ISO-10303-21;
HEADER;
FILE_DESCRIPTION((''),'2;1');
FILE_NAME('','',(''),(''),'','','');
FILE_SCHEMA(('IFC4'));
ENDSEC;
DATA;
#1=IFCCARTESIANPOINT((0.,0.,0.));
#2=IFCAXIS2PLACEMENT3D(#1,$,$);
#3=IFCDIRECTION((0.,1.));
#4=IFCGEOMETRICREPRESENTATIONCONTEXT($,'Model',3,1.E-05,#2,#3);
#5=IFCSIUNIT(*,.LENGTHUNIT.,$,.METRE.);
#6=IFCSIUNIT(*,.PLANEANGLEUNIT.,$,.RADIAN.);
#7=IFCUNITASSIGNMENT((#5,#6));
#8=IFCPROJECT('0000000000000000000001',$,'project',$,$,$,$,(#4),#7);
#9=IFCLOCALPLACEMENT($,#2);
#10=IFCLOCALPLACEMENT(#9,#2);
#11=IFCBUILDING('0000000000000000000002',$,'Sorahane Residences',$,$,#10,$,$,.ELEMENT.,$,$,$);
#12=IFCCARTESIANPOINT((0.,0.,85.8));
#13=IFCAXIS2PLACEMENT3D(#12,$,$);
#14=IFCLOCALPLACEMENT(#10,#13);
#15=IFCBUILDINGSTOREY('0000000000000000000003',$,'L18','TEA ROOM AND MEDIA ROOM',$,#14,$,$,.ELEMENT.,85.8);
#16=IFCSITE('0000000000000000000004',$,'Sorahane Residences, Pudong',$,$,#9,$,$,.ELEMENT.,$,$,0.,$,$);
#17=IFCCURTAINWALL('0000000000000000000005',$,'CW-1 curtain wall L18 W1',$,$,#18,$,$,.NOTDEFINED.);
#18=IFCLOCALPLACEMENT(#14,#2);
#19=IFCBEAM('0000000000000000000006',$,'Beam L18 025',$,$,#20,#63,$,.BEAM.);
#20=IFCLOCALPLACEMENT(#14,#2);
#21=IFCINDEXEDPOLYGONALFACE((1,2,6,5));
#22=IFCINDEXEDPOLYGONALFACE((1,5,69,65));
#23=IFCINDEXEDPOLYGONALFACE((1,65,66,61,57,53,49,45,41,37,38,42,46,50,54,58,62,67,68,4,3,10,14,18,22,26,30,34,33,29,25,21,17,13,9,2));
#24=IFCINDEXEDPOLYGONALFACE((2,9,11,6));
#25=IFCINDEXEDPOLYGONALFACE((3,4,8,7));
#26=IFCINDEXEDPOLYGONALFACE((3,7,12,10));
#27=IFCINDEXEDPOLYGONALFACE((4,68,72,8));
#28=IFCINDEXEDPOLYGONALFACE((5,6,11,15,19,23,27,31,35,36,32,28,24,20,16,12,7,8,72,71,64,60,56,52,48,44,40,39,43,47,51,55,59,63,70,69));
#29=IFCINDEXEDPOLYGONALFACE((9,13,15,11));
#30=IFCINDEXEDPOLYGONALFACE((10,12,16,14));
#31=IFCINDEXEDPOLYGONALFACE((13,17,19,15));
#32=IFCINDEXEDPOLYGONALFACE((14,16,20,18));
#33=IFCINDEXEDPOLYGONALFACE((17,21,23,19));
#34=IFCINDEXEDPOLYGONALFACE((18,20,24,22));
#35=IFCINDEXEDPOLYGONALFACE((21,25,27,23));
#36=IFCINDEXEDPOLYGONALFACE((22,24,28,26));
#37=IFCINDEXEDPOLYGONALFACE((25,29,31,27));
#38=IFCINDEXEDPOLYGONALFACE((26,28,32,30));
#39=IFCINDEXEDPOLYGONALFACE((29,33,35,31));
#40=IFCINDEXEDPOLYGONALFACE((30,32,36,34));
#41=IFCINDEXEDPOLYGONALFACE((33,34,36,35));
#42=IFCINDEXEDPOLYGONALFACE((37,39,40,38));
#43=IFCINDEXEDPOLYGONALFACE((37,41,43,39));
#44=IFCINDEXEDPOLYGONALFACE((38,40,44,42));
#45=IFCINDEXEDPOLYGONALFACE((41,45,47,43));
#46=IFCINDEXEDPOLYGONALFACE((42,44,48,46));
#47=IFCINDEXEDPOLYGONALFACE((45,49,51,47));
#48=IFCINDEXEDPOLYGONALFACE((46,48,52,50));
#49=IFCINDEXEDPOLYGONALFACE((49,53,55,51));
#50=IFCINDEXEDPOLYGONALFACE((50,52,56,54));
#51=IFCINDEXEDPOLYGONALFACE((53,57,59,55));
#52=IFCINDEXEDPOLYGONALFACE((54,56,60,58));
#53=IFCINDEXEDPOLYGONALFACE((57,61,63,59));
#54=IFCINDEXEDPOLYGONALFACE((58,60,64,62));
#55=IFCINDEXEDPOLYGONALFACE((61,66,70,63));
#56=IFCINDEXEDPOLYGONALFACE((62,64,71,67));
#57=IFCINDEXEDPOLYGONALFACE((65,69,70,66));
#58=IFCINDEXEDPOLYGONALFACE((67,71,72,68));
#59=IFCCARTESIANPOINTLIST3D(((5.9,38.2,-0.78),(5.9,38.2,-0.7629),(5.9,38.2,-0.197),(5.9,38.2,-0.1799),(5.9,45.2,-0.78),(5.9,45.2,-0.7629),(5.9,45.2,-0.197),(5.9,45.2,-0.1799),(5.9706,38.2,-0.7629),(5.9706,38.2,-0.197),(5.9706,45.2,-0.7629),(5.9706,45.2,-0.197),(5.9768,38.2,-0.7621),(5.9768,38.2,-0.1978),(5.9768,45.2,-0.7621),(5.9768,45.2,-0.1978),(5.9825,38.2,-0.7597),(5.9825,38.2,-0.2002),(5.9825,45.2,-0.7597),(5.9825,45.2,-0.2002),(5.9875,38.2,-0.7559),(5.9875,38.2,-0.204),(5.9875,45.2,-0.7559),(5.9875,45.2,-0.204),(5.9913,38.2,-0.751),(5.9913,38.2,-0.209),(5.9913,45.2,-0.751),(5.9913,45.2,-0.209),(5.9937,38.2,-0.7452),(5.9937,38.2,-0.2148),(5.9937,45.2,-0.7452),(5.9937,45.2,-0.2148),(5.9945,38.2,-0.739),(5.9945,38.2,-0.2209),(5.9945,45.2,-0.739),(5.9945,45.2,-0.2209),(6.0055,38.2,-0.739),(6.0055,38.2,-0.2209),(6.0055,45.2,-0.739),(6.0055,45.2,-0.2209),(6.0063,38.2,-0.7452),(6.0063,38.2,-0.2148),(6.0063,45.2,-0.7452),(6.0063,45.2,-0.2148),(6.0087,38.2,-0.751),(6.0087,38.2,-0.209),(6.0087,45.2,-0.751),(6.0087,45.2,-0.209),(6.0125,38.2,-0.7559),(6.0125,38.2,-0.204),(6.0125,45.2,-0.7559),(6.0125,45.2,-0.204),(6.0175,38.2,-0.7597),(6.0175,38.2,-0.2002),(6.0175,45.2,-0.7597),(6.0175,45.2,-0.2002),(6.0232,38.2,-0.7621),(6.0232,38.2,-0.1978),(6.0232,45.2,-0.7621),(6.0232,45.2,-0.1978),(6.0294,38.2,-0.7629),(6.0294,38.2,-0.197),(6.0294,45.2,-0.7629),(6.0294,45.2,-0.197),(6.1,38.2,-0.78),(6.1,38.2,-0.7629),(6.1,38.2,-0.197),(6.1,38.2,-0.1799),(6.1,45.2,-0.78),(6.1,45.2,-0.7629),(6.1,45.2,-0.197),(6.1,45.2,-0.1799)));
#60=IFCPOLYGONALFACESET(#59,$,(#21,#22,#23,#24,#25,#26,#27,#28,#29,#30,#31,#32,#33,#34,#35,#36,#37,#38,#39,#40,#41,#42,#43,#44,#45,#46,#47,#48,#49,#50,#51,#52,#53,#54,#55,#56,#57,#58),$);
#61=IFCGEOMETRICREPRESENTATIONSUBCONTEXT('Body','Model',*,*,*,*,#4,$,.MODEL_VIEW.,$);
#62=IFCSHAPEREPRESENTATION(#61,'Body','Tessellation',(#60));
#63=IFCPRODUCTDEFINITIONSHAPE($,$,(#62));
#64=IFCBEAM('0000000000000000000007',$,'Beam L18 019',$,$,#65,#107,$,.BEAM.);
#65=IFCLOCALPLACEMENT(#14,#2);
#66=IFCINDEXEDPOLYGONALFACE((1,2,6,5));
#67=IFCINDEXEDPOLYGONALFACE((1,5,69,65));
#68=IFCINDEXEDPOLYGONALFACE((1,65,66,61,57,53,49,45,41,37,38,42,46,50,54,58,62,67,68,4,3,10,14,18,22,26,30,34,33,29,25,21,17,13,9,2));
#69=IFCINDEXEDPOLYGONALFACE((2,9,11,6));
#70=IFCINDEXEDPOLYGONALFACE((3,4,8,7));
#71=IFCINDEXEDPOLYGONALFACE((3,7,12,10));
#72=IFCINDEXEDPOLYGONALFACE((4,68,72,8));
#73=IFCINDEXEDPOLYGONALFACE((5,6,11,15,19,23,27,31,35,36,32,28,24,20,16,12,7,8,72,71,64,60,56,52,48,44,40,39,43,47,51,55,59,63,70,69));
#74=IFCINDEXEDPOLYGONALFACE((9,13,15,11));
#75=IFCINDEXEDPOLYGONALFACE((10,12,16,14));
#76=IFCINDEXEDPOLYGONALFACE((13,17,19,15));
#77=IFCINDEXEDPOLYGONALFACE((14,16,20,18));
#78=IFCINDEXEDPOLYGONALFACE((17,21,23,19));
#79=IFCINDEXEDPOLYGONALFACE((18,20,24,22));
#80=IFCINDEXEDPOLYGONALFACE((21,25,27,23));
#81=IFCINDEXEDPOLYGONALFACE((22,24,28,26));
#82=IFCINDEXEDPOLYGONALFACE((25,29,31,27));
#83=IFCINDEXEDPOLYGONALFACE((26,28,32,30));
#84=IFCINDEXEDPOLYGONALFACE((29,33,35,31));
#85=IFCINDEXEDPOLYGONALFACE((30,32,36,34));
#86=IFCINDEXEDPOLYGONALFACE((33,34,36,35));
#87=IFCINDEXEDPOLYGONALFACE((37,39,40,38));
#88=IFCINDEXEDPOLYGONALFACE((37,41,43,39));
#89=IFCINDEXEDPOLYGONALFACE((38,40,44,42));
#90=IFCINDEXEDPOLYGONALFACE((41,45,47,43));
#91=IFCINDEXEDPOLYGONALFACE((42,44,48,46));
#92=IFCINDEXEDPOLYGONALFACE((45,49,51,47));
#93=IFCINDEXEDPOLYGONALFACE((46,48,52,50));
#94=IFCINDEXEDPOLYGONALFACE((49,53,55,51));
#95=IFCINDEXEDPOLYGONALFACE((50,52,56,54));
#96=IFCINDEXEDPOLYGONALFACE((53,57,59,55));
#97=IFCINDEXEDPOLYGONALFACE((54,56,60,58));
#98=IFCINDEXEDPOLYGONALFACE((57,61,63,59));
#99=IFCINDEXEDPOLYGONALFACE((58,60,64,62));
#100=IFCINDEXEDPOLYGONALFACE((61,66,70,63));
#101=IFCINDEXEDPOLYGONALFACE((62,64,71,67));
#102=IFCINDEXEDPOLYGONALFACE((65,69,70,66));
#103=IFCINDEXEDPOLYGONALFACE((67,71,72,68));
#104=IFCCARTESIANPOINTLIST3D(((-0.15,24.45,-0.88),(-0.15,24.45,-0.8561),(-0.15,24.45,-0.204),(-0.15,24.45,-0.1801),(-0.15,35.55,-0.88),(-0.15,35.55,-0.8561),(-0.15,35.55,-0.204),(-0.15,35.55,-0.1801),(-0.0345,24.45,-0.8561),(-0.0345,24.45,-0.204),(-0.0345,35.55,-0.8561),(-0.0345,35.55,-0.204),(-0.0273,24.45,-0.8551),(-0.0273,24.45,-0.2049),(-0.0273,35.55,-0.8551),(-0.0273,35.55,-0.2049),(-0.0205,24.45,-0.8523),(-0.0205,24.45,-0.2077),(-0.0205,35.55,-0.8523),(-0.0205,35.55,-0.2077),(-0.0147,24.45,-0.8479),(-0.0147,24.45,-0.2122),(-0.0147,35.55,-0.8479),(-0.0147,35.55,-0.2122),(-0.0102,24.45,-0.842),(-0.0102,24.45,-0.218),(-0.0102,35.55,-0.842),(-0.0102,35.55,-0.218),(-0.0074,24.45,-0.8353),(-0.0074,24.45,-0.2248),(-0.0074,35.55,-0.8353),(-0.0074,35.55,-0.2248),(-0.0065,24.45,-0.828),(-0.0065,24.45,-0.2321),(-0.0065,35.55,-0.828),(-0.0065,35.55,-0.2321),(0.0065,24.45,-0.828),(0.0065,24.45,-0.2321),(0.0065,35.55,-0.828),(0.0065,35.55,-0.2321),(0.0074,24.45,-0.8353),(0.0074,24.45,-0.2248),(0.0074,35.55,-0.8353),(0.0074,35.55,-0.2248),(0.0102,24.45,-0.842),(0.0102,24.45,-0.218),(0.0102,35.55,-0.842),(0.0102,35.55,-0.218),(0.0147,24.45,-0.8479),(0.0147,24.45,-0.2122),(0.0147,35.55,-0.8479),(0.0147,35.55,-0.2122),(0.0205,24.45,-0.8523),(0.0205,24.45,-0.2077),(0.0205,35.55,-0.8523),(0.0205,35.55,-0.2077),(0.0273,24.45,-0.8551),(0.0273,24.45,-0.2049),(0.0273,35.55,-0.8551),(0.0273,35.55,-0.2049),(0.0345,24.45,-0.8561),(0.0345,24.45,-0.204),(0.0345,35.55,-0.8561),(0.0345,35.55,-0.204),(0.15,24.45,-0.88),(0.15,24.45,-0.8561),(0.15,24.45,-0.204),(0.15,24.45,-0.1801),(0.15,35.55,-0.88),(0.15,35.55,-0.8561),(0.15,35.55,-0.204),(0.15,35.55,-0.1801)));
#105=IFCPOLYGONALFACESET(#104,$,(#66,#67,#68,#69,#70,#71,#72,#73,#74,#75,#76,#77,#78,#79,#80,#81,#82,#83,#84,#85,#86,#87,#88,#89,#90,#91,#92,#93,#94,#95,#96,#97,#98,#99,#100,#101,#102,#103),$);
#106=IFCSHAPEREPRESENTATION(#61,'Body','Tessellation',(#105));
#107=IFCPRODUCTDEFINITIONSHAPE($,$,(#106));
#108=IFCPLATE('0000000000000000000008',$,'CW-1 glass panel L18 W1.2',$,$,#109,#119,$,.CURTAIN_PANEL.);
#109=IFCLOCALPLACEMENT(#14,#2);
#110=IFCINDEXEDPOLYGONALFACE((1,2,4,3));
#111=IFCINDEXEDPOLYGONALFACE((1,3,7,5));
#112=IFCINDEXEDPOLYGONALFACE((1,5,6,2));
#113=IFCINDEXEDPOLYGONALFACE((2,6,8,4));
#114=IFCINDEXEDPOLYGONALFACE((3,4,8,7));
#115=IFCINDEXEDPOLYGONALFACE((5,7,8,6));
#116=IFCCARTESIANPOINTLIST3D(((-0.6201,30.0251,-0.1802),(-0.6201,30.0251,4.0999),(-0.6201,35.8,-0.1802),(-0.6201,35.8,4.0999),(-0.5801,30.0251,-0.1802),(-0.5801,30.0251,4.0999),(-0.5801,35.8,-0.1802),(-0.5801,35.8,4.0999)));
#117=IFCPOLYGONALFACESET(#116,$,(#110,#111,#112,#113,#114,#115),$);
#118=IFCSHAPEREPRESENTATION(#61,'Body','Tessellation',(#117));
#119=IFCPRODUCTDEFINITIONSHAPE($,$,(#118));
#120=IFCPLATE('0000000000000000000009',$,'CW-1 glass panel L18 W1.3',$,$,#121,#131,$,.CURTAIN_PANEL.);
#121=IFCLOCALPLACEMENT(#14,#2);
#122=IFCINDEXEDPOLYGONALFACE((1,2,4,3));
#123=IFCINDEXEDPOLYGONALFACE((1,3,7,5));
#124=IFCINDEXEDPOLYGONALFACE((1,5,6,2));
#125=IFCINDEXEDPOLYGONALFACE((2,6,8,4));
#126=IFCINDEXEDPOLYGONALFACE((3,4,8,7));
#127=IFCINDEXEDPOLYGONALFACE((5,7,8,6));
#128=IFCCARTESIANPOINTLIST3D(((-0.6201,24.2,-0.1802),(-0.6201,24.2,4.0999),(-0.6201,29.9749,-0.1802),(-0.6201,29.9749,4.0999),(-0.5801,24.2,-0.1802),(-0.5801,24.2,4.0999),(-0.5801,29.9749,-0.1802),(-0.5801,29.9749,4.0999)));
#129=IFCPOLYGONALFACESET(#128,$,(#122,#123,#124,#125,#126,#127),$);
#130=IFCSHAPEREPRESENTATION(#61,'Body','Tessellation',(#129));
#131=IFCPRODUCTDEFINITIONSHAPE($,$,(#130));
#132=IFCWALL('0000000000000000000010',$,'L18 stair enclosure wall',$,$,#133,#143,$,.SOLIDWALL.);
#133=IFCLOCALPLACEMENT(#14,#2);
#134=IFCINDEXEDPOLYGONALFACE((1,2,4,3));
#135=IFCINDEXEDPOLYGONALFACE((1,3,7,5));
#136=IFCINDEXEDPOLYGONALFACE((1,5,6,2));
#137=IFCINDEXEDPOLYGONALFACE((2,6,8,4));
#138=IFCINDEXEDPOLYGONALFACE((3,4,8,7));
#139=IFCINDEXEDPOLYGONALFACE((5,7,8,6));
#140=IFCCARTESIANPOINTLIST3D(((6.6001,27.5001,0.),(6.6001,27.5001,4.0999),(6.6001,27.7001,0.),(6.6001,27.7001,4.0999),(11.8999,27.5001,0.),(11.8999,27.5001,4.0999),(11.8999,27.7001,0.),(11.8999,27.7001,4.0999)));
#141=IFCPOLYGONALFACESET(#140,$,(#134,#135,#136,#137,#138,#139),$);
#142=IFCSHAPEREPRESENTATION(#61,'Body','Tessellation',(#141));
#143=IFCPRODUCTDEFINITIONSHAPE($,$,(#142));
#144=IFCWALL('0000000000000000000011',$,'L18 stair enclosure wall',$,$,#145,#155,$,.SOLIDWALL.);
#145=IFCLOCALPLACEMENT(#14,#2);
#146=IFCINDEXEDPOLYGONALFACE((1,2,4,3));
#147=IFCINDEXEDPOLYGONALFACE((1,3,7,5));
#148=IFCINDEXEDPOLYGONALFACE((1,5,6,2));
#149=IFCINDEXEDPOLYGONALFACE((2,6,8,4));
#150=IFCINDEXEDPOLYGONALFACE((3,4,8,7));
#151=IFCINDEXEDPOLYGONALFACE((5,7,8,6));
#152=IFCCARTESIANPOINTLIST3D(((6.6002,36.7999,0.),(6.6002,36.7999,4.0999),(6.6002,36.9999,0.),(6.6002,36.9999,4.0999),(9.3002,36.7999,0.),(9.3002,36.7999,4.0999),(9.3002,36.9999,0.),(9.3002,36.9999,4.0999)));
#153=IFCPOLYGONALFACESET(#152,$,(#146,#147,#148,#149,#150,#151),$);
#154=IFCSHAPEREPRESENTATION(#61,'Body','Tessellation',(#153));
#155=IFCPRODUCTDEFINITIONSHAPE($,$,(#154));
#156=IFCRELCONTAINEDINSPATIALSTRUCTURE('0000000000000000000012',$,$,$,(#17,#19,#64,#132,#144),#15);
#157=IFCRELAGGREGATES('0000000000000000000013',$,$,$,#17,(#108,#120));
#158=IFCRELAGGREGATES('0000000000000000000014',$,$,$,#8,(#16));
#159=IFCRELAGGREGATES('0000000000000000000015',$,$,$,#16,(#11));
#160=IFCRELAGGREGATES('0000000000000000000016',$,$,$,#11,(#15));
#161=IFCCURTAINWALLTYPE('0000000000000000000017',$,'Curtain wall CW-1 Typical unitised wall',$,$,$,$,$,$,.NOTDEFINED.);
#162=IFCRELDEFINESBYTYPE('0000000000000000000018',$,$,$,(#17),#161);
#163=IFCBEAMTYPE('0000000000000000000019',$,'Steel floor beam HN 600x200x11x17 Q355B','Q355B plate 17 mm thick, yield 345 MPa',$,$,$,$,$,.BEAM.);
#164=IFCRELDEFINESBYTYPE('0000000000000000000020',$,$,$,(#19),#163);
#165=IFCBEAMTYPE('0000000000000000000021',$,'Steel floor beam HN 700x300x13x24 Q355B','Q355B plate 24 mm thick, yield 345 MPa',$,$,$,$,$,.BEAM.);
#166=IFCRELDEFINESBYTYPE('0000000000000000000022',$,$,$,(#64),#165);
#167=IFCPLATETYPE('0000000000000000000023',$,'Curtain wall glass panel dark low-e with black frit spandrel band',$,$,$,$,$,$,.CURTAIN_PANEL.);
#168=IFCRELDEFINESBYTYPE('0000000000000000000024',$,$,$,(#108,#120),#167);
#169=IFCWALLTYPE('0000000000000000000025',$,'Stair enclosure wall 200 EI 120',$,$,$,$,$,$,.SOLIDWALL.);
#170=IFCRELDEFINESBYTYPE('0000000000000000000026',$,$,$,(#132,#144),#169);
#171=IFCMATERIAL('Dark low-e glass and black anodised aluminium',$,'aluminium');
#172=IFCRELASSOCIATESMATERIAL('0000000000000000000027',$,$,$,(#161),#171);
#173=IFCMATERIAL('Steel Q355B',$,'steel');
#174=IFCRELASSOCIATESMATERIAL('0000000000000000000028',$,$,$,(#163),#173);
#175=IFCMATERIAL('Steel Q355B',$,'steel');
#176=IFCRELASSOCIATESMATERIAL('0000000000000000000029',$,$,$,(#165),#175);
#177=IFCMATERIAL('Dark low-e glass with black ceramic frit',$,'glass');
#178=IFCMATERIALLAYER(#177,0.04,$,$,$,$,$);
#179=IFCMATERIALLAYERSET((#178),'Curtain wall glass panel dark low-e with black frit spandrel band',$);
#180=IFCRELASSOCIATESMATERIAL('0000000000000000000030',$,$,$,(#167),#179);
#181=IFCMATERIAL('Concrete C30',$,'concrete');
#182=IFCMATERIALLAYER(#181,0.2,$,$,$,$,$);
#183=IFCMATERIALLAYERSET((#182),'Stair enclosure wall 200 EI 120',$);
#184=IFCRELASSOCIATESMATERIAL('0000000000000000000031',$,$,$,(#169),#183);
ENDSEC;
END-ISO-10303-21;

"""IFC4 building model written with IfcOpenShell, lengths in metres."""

from ifc_helpers import new_model, si_unit, direction, frame, frame_2d, origin, origin_2d, place, context, subcontext, project, spatial, rectangle, i_section, extrude, material, layer, layer_set, material_profile, profile_set, type_object, element, aggregate, save


model = new_model("IFC4")

# Units and contexts
model_context = context("Model", 3, precision=1e-05, world=origin(), true_north=direction((0.0, 1.0)))
body_context = subcontext(model_context, "Body", "Model", "MODEL_VIEW")
ifc_project = project(units=[si_unit("LENGTHUNIT", "METRE"), si_unit("PLANEANGLEUNIT", "RADIAN")], contexts=[model_context])

# Site, building, storey
site_placement = place(None, origin())
site = spatial("IfcSite", under=ifc_project, at=site_placement, Name="Sorahane Residences, Pudong", CompositionType="ELEMENT", RefElevation=0.0)
building_placement = place(site_placement, origin())
building = spatial("IfcBuilding", under=site, at=building_placement, Name="Sorahane Residences", CompositionType="ELEMENT")
storey_placement = place(building_placement, frame((0.0, 0.0, 85.8)))
storey = spatial("IfcBuildingStorey", under=building, at=storey_placement, Name="L18", Description="TEA ROOM AND MEDIA ROOM", CompositionType="ELEMENT", Elevation=85.8)

# Curtain wall
ifc_material_1 = material(Name="Dark low-e glass and black anodised aluminium", Category="aluminium")
curtain_wall_type = type_object("IfcCurtainWallType", Name="Curtain wall CW-1 Typical unitised wall", PredefinedType="NOTDEFINED", material=ifc_material_1)
curtain_wall_placement = place(storey_placement, origin())
curtain_wall = element("IfcCurtainWall", 1, at=curtain_wall_placement, inside=storey, type_object=curtain_wall_type, Name="CW-1 curtain wall L18 W1", PredefinedType="NOTDEFINED")

# Beams
ifc_material_2 = material(Name="Steel Q355B", Category="steel")
ifc_material_profile_1 = material_profile(ifc_material_2, i_section(OverallWidth=0.2, OverallDepth=0.6001, WebThickness=0.011, FlangeThickness=0.0171, FilletRadius=0.0239, at=origin_2d()), Name="HN 600x200x11x17")
ifc_profile_set_1 = profile_set([ifc_material_profile_1], Name="Steel Q355B")
beam_type_1 = type_object("IfcBeamType", Name="Steel floor beam HN 600x200x11x17 Q355B", Description="Q355B plate 17 mm thick, yield 345 MPa", PredefinedType="BEAM", material=ifc_profile_set_1)
for number, where, z_axis, x_axis, name in (
    (2, (6.0, 38.2, -0.48), (0.0, 1.0, 0.0), (-1.0, 0.0, 0.0), "Beam L18 025"),
):
    element("IfcBeam", number, at=place(storey_placement, frame(where, z_axis=z_axis, x_axis=x_axis)), inside=storey, type_object=beam_type_1, Name=name, PredefinedType="BEAM", context=body_context, shape_type="SweptSolid", body=[
        extrude(i_section(OverallWidth=0.2, OverallDepth=0.6001, WebThickness=0.011, FlangeThickness=0.0171, FilletRadius=0.0239, at=origin_2d()), origin(), (0.0, 0.0, 1.0), 7.0),
    ])
ifc_material_3 = material(Name="Steel Q355B", Category="steel")
ifc_material_profile_2 = material_profile(ifc_material_3, i_section(OverallWidth=0.3, OverallDepth=0.7, WebThickness=0.0129, FlangeThickness=0.0239, FilletRadius=0.0281, at=origin_2d()), Name="HN 700x300x13x24")
ifc_profile_set_2 = profile_set([ifc_material_profile_2], Name="Steel Q355B")
beam_type_2 = type_object("IfcBeamType", Name="Steel floor beam HN 700x300x13x24 Q355B", Description="Q355B plate 24 mm thick, yield 345 MPa", PredefinedType="BEAM", material=ifc_profile_set_2)
beam_1_placement = place(storey_placement, frame((0.0, 24.45, -0.53), z_axis=(0.0, 1.0, 0.0), x_axis=(-1.0, 0.0, 0.0)))
element("IfcBeam", 3, at=beam_1_placement, inside=storey, type_object=beam_type_2, Name="Beam L18 019", PredefinedType="BEAM", context=body_context, shape_type="SweptSolid", body=[
    extrude(i_section(OverallWidth=0.3, OverallDepth=0.7, WebThickness=0.0129, FlangeThickness=0.0239, FilletRadius=0.0281, at=origin_2d()), origin(), (0.0, 0.0, 1.0), 11.1001),
])

# Plates
ifc_material_4 = material(Name="Dark low-e glass with black ceramic frit", Category="glass")
ifc_layer_1 = layer(ifc_material_4, 0.04)
ifc_layer_set_1 = layer_set([ifc_layer_1], Name="Curtain wall glass panel dark low-e with black frit spandrel band")
plate_type = type_object("IfcPlateType", Name="Curtain wall glass panel dark low-e with black frit spandrel band", PredefinedType="CURTAIN_PANEL", material=ifc_layer_set_1)
plate_1_placement = place(storey_placement, frame((-0.6001, 32.9126, -0.1802), z_axis=(0.0, 0.0, 1.0), x_axis=(0.0, -1.0, 0.0)))
plate_1 = element("IfcPlate", 4, at=plate_1_placement, type_object=plate_type, Name="CW-1 glass panel L18 W1.2", PredefinedType="CURTAIN_PANEL", context=body_context, shape_type="SweptSolid", body=[
    extrude(rectangle(XDim=5.7749, YDim=0.04, at=origin_2d()), origin(), (0.0, 0.0, 1.0), 4.28),
])
plate_2_placement = place(storey_placement, frame((-0.6001, 27.0874, -0.1802), z_axis=(0.0, 0.0, 1.0), x_axis=(0.0, -1.0, 0.0)))
plate_2 = element("IfcPlate", 5, at=plate_2_placement, type_object=plate_type, Name="CW-1 glass panel L18 W1.3", PredefinedType="CURTAIN_PANEL", context=body_context, shape_type="SweptSolid", body=[
    extrude(rectangle(XDim=5.7749, YDim=0.04, at=origin_2d()), origin(), (0.0, 0.0, 1.0), 4.28),
])
aggregate(curtain_wall, [plate_1, plate_2])

# Walls
ifc_material_5 = material(Name="Concrete C30", Category="concrete")
ifc_layer_2 = layer(ifc_material_5, 0.2)
ifc_layer_set_2 = layer_set([ifc_layer_2], Name="Stair enclosure wall 200 EI 120")
wall_type = type_object("IfcWallType", Name="Stair enclosure wall 200 EI 120", PredefinedType="SOLIDWALL", material=ifc_layer_set_2)
wall_1_placement = place(storey_placement, frame((6.6001, 27.6001, 0.0), z_axis=(0.0, 0.0, 1.0), x_axis=(1.0, 0.0, 0.0)))
element("IfcWall", 6, at=wall_1_placement, inside=storey, type_object=wall_type, Name="L18 stair enclosure wall", PredefinedType="SOLIDWALL", context=body_context, shape_type="SweptSolid", body=[
    extrude(rectangle(XDim=5.2998, YDim=0.2, at=frame_2d((2.6499, 0.0))), origin(), (0.0, 0.0, 1.0), 4.0999),
])
wall_2_placement = place(storey_placement, frame((6.6001, 36.8999, 0.0), z_axis=(0.0, 0.0, 1.0), x_axis=(1.0, 0.0, 0.0)))
element("IfcWall", 7, at=wall_2_placement, inside=storey, type_object=wall_type, Name="L18 stair enclosure wall", PredefinedType="SOLIDWALL", context=body_context, shape_type="SweptSolid", body=[
    extrude(rectangle(XDim=2.7, YDim=0.2, at=frame_2d((1.3501, 0.0))), origin(), (0.0, 0.0, 1.0), 4.0999),
])

save(model, "model.ifc")
